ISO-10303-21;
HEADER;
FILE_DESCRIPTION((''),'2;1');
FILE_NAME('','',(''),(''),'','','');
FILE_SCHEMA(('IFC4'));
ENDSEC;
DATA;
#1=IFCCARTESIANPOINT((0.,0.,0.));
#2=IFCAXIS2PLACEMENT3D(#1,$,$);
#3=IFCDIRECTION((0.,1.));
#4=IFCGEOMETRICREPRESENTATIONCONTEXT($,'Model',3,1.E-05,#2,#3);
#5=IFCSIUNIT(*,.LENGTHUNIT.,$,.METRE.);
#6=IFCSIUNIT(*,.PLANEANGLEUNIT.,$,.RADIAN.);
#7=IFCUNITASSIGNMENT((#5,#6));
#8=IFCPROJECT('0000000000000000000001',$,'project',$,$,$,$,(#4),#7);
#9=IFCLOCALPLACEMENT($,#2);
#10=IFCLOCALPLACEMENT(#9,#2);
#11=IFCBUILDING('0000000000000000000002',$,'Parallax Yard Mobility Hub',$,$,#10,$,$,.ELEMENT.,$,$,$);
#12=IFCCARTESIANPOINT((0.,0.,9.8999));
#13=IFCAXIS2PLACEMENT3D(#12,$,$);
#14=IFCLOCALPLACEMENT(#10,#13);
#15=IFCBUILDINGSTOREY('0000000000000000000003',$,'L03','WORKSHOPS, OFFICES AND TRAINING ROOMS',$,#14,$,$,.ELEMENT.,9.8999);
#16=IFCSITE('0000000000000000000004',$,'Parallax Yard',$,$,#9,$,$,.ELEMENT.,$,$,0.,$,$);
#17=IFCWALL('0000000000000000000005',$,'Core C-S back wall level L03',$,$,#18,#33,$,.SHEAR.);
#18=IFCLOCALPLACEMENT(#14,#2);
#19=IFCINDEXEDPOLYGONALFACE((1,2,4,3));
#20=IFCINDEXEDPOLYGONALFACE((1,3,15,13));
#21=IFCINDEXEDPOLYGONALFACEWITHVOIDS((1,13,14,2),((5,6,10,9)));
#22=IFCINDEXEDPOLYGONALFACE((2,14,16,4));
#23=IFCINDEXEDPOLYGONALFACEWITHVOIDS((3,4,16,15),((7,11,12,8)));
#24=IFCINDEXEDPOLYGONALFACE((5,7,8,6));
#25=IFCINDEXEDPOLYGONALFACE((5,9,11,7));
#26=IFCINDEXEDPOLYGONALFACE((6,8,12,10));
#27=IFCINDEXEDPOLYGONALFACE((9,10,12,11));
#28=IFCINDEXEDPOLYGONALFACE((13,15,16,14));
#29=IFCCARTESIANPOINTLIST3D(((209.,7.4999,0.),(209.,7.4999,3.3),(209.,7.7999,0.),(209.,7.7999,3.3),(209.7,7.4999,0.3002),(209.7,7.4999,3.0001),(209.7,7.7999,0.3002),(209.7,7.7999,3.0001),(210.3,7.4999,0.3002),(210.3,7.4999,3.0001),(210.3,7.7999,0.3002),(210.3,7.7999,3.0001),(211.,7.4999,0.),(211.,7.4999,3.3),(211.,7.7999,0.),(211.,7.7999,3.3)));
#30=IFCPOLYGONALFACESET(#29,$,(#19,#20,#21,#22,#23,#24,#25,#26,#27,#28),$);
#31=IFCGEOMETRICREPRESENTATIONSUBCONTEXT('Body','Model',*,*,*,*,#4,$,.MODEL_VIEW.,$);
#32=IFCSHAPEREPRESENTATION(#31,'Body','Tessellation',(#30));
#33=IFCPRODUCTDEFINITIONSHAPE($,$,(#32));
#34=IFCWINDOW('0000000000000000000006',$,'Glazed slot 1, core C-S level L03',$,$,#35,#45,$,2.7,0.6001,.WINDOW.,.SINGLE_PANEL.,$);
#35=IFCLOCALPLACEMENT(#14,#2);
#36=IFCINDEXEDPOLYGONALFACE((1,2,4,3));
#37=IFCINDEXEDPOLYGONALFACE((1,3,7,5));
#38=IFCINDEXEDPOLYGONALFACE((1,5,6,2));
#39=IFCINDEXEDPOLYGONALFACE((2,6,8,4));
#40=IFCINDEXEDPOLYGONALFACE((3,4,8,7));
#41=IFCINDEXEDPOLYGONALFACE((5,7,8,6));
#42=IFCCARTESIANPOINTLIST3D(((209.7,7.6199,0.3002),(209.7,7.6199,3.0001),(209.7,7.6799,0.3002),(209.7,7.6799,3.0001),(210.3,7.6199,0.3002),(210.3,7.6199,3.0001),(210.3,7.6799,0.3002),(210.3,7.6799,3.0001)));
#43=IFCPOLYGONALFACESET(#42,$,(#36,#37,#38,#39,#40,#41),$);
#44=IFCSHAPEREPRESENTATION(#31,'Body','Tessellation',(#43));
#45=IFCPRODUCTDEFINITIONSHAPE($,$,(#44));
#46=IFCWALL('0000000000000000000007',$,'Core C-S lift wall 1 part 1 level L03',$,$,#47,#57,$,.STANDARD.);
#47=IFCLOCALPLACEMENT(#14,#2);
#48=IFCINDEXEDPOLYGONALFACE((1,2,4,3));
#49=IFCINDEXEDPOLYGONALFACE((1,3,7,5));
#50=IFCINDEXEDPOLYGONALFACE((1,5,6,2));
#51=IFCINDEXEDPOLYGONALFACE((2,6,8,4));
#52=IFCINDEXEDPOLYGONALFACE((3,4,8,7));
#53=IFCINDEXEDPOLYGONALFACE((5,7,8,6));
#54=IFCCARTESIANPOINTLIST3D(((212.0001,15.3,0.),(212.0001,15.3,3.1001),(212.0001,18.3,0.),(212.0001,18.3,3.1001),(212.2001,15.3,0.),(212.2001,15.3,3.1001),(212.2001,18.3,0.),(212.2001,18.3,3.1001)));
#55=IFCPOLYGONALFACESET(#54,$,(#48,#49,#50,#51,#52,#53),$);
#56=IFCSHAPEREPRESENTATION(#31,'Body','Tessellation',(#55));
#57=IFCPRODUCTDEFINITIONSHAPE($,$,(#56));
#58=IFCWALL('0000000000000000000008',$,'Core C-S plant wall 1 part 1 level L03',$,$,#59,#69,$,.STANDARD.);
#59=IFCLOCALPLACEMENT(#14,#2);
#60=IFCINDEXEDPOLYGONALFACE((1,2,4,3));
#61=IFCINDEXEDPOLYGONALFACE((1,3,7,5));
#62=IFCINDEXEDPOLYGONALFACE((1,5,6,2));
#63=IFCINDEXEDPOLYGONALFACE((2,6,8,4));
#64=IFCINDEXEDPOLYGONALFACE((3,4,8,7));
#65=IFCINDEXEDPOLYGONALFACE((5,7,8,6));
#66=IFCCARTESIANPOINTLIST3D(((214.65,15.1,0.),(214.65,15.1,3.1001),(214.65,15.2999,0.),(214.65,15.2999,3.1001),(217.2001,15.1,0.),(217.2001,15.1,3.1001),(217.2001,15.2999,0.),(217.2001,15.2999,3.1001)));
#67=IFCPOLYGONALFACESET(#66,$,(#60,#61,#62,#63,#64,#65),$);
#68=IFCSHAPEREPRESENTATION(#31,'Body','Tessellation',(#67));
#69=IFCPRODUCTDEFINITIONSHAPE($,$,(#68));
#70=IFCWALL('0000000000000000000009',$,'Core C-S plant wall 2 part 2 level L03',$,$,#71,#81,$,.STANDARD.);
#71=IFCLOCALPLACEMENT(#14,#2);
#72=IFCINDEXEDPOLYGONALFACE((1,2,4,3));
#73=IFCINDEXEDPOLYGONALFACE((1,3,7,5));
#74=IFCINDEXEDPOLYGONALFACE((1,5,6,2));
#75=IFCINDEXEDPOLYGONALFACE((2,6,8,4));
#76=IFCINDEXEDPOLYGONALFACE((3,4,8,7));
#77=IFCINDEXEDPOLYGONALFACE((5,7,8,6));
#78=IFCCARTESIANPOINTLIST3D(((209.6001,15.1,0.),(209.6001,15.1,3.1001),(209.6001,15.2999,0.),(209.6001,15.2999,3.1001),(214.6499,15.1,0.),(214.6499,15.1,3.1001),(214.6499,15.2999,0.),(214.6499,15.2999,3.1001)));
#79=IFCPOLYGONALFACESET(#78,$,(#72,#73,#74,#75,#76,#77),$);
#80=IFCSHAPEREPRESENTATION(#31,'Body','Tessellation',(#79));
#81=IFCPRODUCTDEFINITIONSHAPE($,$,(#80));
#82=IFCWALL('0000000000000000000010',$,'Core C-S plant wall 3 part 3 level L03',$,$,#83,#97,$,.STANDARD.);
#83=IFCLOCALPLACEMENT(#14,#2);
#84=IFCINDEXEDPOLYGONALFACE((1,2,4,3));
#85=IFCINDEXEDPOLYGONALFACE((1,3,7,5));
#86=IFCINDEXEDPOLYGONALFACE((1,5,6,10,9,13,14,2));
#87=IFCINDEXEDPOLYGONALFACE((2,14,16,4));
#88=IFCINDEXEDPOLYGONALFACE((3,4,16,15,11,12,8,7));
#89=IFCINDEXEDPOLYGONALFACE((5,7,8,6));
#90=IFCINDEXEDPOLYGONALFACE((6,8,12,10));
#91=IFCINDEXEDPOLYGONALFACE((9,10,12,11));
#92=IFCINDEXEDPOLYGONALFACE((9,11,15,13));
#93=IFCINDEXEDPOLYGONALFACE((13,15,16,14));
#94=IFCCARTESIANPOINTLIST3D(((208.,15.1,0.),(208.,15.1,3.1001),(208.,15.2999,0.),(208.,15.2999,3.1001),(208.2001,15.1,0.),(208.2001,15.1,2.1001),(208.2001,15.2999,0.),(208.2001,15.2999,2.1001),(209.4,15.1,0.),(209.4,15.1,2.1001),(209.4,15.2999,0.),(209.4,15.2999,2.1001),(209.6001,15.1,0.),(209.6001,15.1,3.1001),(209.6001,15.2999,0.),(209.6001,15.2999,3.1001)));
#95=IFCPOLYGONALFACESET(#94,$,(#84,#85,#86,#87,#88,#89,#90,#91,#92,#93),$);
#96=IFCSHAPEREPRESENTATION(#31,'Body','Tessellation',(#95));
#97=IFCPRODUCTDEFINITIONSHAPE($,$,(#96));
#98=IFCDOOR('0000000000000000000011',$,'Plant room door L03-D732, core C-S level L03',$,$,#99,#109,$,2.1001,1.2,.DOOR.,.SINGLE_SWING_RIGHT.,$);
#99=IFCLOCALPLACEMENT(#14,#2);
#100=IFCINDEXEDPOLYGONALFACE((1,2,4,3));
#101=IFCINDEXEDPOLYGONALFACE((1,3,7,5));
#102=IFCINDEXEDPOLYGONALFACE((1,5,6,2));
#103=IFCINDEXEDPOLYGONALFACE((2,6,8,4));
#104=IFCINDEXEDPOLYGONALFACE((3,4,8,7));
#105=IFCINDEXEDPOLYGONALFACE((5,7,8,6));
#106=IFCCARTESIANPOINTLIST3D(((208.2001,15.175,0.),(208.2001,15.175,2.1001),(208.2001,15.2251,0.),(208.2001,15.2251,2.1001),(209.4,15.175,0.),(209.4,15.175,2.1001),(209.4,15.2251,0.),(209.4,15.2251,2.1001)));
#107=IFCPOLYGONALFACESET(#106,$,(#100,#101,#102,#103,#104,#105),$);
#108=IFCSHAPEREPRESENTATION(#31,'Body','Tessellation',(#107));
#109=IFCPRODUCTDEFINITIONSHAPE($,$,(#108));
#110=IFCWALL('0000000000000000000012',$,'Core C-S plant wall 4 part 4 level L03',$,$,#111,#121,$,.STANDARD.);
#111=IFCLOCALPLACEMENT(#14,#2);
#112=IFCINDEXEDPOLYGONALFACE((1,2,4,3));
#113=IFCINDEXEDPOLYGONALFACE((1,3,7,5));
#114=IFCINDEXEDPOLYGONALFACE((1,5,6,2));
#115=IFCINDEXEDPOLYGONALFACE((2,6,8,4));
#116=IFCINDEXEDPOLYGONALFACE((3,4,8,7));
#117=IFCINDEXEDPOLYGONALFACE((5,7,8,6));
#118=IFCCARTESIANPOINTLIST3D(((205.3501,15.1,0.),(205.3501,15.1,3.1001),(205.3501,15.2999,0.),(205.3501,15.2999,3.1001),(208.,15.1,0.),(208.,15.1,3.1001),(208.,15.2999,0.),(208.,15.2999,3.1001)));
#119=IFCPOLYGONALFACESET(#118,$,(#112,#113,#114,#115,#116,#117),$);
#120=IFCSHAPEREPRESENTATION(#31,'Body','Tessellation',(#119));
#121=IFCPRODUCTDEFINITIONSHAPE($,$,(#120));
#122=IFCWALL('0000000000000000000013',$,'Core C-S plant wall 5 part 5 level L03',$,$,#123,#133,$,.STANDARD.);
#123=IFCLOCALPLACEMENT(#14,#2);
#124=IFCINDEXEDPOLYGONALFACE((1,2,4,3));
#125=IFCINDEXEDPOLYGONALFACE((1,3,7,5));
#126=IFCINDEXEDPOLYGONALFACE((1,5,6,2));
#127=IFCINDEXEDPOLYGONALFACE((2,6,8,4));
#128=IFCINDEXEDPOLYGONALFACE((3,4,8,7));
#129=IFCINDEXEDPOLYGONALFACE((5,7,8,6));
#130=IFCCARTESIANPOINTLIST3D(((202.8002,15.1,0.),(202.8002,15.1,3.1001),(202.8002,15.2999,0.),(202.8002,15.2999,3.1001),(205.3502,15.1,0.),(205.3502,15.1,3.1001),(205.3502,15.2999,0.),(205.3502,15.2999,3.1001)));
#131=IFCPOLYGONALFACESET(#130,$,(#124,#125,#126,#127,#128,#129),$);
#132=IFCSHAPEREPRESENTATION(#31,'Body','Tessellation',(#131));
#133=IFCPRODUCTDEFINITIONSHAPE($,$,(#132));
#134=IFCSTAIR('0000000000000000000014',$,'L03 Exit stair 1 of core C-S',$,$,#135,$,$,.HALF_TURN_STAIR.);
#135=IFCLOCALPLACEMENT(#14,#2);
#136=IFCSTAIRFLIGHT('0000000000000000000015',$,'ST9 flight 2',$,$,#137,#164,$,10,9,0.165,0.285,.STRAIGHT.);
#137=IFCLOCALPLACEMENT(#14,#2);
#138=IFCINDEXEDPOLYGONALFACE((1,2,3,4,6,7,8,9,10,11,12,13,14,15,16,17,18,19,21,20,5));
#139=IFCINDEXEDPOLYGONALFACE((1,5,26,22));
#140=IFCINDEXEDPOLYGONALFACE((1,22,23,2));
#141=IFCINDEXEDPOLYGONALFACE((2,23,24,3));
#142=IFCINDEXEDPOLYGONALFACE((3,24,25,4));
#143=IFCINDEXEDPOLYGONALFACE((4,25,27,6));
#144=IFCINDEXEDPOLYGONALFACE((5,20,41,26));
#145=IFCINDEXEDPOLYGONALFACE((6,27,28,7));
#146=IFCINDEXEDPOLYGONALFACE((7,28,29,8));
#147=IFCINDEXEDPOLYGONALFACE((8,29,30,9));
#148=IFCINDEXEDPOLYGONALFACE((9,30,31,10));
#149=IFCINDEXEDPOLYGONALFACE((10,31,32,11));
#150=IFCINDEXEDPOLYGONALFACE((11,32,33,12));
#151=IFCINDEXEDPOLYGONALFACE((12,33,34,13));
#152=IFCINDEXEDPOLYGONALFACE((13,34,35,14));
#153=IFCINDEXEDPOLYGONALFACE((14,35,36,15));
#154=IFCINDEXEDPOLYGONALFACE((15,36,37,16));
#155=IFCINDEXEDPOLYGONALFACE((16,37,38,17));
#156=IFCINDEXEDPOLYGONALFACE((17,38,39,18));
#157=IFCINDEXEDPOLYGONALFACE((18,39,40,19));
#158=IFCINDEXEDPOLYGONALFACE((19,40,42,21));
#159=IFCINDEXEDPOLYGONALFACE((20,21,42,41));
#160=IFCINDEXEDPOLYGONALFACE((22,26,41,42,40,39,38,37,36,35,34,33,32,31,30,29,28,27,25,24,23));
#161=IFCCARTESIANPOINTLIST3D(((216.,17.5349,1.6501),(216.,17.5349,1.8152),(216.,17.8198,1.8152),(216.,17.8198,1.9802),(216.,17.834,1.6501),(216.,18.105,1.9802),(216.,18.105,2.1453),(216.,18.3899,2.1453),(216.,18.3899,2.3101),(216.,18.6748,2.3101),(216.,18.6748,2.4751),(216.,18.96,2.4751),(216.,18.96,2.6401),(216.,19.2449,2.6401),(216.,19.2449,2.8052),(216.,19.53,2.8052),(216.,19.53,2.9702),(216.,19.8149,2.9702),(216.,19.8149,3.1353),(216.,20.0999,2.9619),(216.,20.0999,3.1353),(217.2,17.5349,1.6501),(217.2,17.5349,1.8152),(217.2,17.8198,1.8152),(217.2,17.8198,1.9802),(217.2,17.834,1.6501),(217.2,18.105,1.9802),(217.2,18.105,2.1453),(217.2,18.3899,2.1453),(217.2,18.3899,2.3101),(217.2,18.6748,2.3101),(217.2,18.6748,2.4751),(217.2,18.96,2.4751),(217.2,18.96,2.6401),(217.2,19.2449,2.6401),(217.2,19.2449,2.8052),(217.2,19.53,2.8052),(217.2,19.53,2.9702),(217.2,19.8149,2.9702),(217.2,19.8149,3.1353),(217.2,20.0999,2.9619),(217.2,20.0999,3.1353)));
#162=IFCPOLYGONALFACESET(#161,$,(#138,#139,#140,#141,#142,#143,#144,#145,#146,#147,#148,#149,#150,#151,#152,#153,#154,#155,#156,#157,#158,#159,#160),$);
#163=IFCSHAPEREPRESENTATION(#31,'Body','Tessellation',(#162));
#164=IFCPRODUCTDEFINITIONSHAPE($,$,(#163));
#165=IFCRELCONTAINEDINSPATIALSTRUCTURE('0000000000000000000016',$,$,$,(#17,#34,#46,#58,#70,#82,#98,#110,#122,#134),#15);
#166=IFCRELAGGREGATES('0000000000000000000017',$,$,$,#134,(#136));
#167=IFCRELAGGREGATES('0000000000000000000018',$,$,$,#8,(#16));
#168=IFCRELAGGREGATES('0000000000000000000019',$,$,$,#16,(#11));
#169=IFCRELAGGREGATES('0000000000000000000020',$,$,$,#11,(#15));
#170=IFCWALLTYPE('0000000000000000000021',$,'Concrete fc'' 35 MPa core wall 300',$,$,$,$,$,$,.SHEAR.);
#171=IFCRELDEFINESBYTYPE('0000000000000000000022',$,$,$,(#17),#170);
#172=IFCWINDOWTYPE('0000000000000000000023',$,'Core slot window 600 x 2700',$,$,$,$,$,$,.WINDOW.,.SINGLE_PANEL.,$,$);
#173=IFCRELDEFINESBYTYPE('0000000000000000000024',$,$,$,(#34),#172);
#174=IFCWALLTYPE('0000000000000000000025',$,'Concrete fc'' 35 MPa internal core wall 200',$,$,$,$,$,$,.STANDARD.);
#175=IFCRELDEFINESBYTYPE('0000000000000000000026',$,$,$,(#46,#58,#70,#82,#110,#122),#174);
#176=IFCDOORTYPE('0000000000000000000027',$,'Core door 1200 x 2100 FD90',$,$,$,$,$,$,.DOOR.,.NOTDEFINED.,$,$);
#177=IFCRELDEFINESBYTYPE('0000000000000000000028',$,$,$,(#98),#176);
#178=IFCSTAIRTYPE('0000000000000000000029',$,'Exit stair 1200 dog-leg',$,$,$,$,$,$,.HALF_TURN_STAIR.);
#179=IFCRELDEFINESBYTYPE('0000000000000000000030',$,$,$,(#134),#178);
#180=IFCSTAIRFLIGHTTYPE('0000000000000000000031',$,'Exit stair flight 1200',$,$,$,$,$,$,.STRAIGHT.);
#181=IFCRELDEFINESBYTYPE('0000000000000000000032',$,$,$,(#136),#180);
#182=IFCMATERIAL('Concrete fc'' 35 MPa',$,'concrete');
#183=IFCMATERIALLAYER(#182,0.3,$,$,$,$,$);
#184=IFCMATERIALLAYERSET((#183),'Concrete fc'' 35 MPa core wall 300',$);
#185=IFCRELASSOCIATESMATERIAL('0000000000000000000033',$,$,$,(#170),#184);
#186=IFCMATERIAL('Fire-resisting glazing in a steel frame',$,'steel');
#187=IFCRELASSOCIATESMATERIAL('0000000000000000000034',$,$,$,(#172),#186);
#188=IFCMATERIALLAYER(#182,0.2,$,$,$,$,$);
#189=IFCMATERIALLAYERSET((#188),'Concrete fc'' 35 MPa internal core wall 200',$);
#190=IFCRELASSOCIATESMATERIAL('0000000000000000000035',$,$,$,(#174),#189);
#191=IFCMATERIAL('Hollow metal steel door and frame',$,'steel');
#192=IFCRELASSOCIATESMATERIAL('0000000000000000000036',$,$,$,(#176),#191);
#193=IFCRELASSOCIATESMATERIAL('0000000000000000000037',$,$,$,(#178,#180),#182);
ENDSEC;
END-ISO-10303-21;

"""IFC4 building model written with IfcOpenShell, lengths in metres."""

from ifc_helpers import new_model, si_unit, direction, frame, frame_2d, origin, place, context, subcontext, project, spatial, polyline, rectangle, outline, extrude, material, layer, layer_set, type_object, element, fill, aggregate, save


model = new_model("IFC4")

# Units and contexts
model_context = context("Model", 3, precision=1e-05, world=origin(), true_north=direction((0.0, 1.0)))
body_context = subcontext(model_context, "Body", "Model", "MODEL_VIEW")
ifc_project = project(units=[si_unit("LENGTHUNIT", "METRE"), si_unit("PLANEANGLEUNIT", "RADIAN")], contexts=[model_context])

# Site, building, storey
site_placement = place(None, origin())
site = spatial("IfcSite", under=ifc_project, at=site_placement, Name="Parallax Yard", CompositionType="ELEMENT", RefElevation=0.0)
building_placement = place(site_placement, origin())
building = spatial("IfcBuilding", under=site, at=building_placement, Name="Parallax Yard Mobility Hub", CompositionType="ELEMENT")
storey_placement = place(building_placement, frame((0.0, 0.0, 9.8999)))
storey = spatial("IfcBuildingStorey", under=building, at=storey_placement, Name="L03", Description="WORKSHOPS, OFFICES AND TRAINING ROOMS", CompositionType="ELEMENT", Elevation=9.8999)

# Wall, opening, window
ifc_material_1 = material(Name="Concrete fc' 35 MPa", Category="concrete")
ifc_layer_1 = layer(ifc_material_1, 0.3)
ifc_layer_set_1 = layer_set([ifc_layer_1], Name="Concrete fc' 35 MPa core wall 300")
wall_type_1 = type_object("IfcWallType", Name="Concrete fc' 35 MPa core wall 300", PredefinedType="SHEAR", material=ifc_layer_set_1)
wall_1_placement = place(storey_placement, frame((211.0, 7.6499, 0.0), z_axis=(0.0, 0.0, 1.0), x_axis=(-1.0, 0.0, 0.0)))
wall_1 = element("IfcWall", 1, at=wall_1_placement, inside=storey, type_object=wall_type_1, Name="Core C-S back wall level L03", PredefinedType="SHEAR", context=body_context, shape_type="SweptSolid", body=[
    extrude(rectangle(XDim=2.0, YDim=0.3, at=frame_2d((1.0, 0.0))), origin(), (0.0, 0.0, 1.0), 3.3),
])
opening_1_placement = place(wall_1_placement, frame((0.7, 0.0, 0.3)))
opening_1 = element("IfcOpeningElement", 2, at=opening_1_placement, cuts=wall_1, PredefinedType="OPENING", context=body_context, shape_type="SweptSolid", body=[
    extrude(rectangle(XDim=0.6001, YDim=2.7, at=frame_2d((0.3, 1.3501))), frame((0.0, 0.1602, 0.0), z_axis=(0.0, -1.0, 0.0), x_axis=(1.0, 0.0, 0.0)), (0.0, 0.0, 1.0), 0.3201),
])
ifc_material_2 = material(Name="Fire-resisting glazing in a steel frame", Category="steel")
window_type = type_object("IfcWindowType", Name="Core slot window 600 x 2700", PartitioningType="SINGLE_PANEL", PredefinedType="WINDOW", material=ifc_material_2)
window_placement = place(opening_1_placement, origin())
window = element("IfcWindow", 3, at=window_placement, inside=storey, type_object=window_type, Name="Glazed slot 1, core C-S level L03", OverallHeight=2.7, OverallWidth=0.6001, PartitioningType="SINGLE_PANEL", PredefinedType="WINDOW", context=body_context, shape_type="SweptSolid", body=[
    extrude(rectangle(XDim=0.6001, YDim=2.7, at=frame_2d((0.3, 1.3501))), frame((0.0, 0.03, 0.0), z_axis=(0.0, -1.0, 0.0), x_axis=(1.0, 0.0, 0.0)), (0.0, 0.0, 1.0), 0.0601),
])
fill(opening_1, window)

# Walls
ifc_layer_2 = layer(ifc_material_1, 0.2)
ifc_layer_set_2 = layer_set([ifc_layer_2], Name="Concrete fc' 35 MPa internal core wall 200")
wall_type_2 = type_object("IfcWallType", Name="Concrete fc' 35 MPa internal core wall 200", PredefinedType="STANDARD", material=ifc_layer_set_2)
wall_2_placement = place(storey_placement, frame((212.1001, 18.3, 0.0), z_axis=(0.0, 0.0, 1.0), x_axis=(0.0, -1.0, 0.0)))
element("IfcWall", 4, at=wall_2_placement, inside=storey, type_object=wall_type_2, Name="Core C-S lift wall 1 part 1 level L03", PredefinedType="STANDARD", context=body_context, shape_type="SweptSolid", body=[
    extrude(rectangle(XDim=3.0, YDim=0.2, at=frame_2d((1.5, 0.0))), origin(), (0.0, 0.0, 1.0), 3.1001),
])
wall_3_placement = place(storey_placement, frame((217.2, 15.2, 0.0), z_axis=(0.0, 0.0, 1.0), x_axis=(-1.0, 0.0, 0.0)))
element("IfcWall", 5, at=wall_3_placement, inside=storey, type_object=wall_type_2, Name="Core C-S plant wall 1 part 1 level L03", PredefinedType="STANDARD", context=body_context, shape_type="SweptSolid", body=[
    extrude(rectangle(XDim=2.55, YDim=0.2, at=frame_2d((1.2749, 0.0))), origin(), (0.0, 0.0, 1.0), 3.1001),
])
wall_4_placement = place(storey_placement, frame((214.6499, 15.2, 0.0), z_axis=(0.0, 0.0, 1.0), x_axis=(-1.0, 0.0, 0.0)))
element("IfcWall", 6, at=wall_4_placement, inside=storey, type_object=wall_type_2, Name="Core C-S plant wall 2 part 2 level L03", PredefinedType="STANDARD", context=body_context, shape_type="SweptSolid", body=[
    extrude(rectangle(XDim=5.0498, YDim=0.2, at=frame_2d((2.5249, 0.0))), origin(), (0.0, 0.0, 1.0), 3.1001),
])

# Wall, opening, door
wall_5_placement = place(storey_placement, frame((209.6001, 15.2, 0.0), z_axis=(0.0, 0.0, 1.0), x_axis=(-1.0, 0.0, 0.0)))
wall_5 = element("IfcWall", 7, at=wall_5_placement, inside=storey, type_object=wall_type_2, Name="Core C-S plant wall 3 part 3 level L03", PredefinedType="STANDARD", context=body_context, shape_type="SweptSolid", body=[
    extrude(rectangle(XDim=1.6001, YDim=0.2, at=frame_2d((0.8, 0.0))), origin(), (0.0, 0.0, 1.0), 3.1001),
])
opening_2_placement = place(wall_5_placement, frame((0.2, 0.0, 0.0)))
opening_2 = element("IfcOpeningElement", 8, at=opening_2_placement, cuts=wall_5, PredefinedType="OPENING", context=body_context, shape_type="SweptSolid", body=[
    extrude(rectangle(XDim=1.2, YDim=2.1001, at=frame_2d((0.6001, 1.05))), frame((0.0, 0.1099, 0.0), z_axis=(0.0, -1.0, 0.0), x_axis=(1.0, 0.0, 0.0)), (0.0, 0.0, 1.0), 0.22),
])
ifc_material_3 = material(Name="Hollow metal steel door and frame", Category="steel")
door_type = type_object("IfcDoorType", Name="Core door 1200 x 2100 FD90", OperationType="NOTDEFINED", PredefinedType="DOOR", material=ifc_material_3)
door_placement = place(opening_2_placement, origin())
door = element("IfcDoor", 9, at=door_placement, inside=storey, type_object=door_type, Name="Plant room door L03-D732, core C-S level L03", OperationType="SINGLE_SWING_RIGHT", OverallHeight=2.1001, OverallWidth=1.2, PredefinedType="DOOR", context=body_context, shape_type="SweptSolid", body=[
    extrude(rectangle(XDim=1.2, YDim=2.1001, at=frame_2d((0.6001, 1.05))), frame((0.0, 0.0249, 0.0), z_axis=(0.0, -1.0, 0.0), x_axis=(1.0, 0.0, 0.0)), (0.0, 0.0, 1.0), 0.05),
])
fill(opening_2, door)

# Walls
wall_6_placement = place(storey_placement, frame((208.0, 15.2, 0.0), z_axis=(0.0, 0.0, 1.0), x_axis=(-1.0, 0.0, 0.0)))
element("IfcWall", 10, at=wall_6_placement, inside=storey, type_object=wall_type_2, Name="Core C-S plant wall 4 part 4 level L03", PredefinedType="STANDARD", context=body_context, shape_type="SweptSolid", body=[
    extrude(rectangle(XDim=2.6499, YDim=0.2, at=frame_2d((1.325, 0.0))), origin(), (0.0, 0.0, 1.0), 3.1001),
])
wall_7_placement = place(storey_placement, frame((205.3501, 15.2, 0.0), z_axis=(0.0, 0.0, 1.0), x_axis=(-1.0, 0.0, 0.0)))
element("IfcWall", 11, at=wall_7_placement, inside=storey, type_object=wall_type_2, Name="Core C-S plant wall 5 part 5 level L03", PredefinedType="STANDARD", context=body_context, shape_type="SweptSolid", body=[
    extrude(rectangle(XDim=2.55, YDim=0.2, at=frame_2d((1.2749, 0.0))), origin(), (0.0, 0.0, 1.0), 3.1001),
])

# Stair, stair flight
stair_type = type_object("IfcStairType", Name="Exit stair 1200 dog-leg", PredefinedType="HALF_TURN_STAIR", material=ifc_material_1)
stair_1_placement = place(storey_placement, origin())
stair_1 = element("IfcStair", 12, at=stair_1_placement, inside=storey, type_object=stair_type, Name="L03 Exit stair 1 of core C-S", PredefinedType="HALF_TURN_STAIR")
stair_flight_type = type_object("IfcStairFlightType", Name="Exit stair flight 1200", PredefinedType="STRAIGHT", material=ifc_material_1)
stair_flight_1_placement = place(storey_placement, frame((216.6001, 17.5349, 1.6501), z_axis=(0.0, 0.0, 1.0), x_axis=(0.0, 1.0, 0.0)))
stair_flight_1 = element("IfcStairFlight", 13, at=stair_flight_1_placement, type_object=stair_flight_type, Name="ST9 flight 2", NumberOfRisers=10, NumberOfTreads=9, PredefinedType="STRAIGHT", RiserHeight=0.165, TreadLength=0.285, context=body_context, shape_type="SweptSolid", body=[
    extrude(outline(polyline([(0.0, 0.0), (0.0, 0.165), (0.2849, 0.165), (0.2849, 0.3301), (0.5701, 0.3301), (0.5701, 0.4951), (0.855, 0.4951), (0.855, 0.6599), (1.1399, 0.6599), (1.1399, 0.825), (1.425, 0.825), (1.425, 0.99), (1.71, 0.99), (1.71, 1.155), (1.9951, 1.155), (1.9951, 1.3201), (2.28, 1.3201), (2.28, 1.4851), (2.5649, 1.4851), (2.5649, 1.6499), (2.5649, 1.3118), (0.2991, 0.0), (0.0, 0.0)])), frame((0.0, 0.6001, 0.0), z_axis=(0.0, -1.0, 0.0), x_axis=(1.0, 0.0, 0.0)), (0.0, 0.0, 1.0), 1.2),
])
aggregate(stair_1, [stair_flight_1])

save(model, "model.ifc")
